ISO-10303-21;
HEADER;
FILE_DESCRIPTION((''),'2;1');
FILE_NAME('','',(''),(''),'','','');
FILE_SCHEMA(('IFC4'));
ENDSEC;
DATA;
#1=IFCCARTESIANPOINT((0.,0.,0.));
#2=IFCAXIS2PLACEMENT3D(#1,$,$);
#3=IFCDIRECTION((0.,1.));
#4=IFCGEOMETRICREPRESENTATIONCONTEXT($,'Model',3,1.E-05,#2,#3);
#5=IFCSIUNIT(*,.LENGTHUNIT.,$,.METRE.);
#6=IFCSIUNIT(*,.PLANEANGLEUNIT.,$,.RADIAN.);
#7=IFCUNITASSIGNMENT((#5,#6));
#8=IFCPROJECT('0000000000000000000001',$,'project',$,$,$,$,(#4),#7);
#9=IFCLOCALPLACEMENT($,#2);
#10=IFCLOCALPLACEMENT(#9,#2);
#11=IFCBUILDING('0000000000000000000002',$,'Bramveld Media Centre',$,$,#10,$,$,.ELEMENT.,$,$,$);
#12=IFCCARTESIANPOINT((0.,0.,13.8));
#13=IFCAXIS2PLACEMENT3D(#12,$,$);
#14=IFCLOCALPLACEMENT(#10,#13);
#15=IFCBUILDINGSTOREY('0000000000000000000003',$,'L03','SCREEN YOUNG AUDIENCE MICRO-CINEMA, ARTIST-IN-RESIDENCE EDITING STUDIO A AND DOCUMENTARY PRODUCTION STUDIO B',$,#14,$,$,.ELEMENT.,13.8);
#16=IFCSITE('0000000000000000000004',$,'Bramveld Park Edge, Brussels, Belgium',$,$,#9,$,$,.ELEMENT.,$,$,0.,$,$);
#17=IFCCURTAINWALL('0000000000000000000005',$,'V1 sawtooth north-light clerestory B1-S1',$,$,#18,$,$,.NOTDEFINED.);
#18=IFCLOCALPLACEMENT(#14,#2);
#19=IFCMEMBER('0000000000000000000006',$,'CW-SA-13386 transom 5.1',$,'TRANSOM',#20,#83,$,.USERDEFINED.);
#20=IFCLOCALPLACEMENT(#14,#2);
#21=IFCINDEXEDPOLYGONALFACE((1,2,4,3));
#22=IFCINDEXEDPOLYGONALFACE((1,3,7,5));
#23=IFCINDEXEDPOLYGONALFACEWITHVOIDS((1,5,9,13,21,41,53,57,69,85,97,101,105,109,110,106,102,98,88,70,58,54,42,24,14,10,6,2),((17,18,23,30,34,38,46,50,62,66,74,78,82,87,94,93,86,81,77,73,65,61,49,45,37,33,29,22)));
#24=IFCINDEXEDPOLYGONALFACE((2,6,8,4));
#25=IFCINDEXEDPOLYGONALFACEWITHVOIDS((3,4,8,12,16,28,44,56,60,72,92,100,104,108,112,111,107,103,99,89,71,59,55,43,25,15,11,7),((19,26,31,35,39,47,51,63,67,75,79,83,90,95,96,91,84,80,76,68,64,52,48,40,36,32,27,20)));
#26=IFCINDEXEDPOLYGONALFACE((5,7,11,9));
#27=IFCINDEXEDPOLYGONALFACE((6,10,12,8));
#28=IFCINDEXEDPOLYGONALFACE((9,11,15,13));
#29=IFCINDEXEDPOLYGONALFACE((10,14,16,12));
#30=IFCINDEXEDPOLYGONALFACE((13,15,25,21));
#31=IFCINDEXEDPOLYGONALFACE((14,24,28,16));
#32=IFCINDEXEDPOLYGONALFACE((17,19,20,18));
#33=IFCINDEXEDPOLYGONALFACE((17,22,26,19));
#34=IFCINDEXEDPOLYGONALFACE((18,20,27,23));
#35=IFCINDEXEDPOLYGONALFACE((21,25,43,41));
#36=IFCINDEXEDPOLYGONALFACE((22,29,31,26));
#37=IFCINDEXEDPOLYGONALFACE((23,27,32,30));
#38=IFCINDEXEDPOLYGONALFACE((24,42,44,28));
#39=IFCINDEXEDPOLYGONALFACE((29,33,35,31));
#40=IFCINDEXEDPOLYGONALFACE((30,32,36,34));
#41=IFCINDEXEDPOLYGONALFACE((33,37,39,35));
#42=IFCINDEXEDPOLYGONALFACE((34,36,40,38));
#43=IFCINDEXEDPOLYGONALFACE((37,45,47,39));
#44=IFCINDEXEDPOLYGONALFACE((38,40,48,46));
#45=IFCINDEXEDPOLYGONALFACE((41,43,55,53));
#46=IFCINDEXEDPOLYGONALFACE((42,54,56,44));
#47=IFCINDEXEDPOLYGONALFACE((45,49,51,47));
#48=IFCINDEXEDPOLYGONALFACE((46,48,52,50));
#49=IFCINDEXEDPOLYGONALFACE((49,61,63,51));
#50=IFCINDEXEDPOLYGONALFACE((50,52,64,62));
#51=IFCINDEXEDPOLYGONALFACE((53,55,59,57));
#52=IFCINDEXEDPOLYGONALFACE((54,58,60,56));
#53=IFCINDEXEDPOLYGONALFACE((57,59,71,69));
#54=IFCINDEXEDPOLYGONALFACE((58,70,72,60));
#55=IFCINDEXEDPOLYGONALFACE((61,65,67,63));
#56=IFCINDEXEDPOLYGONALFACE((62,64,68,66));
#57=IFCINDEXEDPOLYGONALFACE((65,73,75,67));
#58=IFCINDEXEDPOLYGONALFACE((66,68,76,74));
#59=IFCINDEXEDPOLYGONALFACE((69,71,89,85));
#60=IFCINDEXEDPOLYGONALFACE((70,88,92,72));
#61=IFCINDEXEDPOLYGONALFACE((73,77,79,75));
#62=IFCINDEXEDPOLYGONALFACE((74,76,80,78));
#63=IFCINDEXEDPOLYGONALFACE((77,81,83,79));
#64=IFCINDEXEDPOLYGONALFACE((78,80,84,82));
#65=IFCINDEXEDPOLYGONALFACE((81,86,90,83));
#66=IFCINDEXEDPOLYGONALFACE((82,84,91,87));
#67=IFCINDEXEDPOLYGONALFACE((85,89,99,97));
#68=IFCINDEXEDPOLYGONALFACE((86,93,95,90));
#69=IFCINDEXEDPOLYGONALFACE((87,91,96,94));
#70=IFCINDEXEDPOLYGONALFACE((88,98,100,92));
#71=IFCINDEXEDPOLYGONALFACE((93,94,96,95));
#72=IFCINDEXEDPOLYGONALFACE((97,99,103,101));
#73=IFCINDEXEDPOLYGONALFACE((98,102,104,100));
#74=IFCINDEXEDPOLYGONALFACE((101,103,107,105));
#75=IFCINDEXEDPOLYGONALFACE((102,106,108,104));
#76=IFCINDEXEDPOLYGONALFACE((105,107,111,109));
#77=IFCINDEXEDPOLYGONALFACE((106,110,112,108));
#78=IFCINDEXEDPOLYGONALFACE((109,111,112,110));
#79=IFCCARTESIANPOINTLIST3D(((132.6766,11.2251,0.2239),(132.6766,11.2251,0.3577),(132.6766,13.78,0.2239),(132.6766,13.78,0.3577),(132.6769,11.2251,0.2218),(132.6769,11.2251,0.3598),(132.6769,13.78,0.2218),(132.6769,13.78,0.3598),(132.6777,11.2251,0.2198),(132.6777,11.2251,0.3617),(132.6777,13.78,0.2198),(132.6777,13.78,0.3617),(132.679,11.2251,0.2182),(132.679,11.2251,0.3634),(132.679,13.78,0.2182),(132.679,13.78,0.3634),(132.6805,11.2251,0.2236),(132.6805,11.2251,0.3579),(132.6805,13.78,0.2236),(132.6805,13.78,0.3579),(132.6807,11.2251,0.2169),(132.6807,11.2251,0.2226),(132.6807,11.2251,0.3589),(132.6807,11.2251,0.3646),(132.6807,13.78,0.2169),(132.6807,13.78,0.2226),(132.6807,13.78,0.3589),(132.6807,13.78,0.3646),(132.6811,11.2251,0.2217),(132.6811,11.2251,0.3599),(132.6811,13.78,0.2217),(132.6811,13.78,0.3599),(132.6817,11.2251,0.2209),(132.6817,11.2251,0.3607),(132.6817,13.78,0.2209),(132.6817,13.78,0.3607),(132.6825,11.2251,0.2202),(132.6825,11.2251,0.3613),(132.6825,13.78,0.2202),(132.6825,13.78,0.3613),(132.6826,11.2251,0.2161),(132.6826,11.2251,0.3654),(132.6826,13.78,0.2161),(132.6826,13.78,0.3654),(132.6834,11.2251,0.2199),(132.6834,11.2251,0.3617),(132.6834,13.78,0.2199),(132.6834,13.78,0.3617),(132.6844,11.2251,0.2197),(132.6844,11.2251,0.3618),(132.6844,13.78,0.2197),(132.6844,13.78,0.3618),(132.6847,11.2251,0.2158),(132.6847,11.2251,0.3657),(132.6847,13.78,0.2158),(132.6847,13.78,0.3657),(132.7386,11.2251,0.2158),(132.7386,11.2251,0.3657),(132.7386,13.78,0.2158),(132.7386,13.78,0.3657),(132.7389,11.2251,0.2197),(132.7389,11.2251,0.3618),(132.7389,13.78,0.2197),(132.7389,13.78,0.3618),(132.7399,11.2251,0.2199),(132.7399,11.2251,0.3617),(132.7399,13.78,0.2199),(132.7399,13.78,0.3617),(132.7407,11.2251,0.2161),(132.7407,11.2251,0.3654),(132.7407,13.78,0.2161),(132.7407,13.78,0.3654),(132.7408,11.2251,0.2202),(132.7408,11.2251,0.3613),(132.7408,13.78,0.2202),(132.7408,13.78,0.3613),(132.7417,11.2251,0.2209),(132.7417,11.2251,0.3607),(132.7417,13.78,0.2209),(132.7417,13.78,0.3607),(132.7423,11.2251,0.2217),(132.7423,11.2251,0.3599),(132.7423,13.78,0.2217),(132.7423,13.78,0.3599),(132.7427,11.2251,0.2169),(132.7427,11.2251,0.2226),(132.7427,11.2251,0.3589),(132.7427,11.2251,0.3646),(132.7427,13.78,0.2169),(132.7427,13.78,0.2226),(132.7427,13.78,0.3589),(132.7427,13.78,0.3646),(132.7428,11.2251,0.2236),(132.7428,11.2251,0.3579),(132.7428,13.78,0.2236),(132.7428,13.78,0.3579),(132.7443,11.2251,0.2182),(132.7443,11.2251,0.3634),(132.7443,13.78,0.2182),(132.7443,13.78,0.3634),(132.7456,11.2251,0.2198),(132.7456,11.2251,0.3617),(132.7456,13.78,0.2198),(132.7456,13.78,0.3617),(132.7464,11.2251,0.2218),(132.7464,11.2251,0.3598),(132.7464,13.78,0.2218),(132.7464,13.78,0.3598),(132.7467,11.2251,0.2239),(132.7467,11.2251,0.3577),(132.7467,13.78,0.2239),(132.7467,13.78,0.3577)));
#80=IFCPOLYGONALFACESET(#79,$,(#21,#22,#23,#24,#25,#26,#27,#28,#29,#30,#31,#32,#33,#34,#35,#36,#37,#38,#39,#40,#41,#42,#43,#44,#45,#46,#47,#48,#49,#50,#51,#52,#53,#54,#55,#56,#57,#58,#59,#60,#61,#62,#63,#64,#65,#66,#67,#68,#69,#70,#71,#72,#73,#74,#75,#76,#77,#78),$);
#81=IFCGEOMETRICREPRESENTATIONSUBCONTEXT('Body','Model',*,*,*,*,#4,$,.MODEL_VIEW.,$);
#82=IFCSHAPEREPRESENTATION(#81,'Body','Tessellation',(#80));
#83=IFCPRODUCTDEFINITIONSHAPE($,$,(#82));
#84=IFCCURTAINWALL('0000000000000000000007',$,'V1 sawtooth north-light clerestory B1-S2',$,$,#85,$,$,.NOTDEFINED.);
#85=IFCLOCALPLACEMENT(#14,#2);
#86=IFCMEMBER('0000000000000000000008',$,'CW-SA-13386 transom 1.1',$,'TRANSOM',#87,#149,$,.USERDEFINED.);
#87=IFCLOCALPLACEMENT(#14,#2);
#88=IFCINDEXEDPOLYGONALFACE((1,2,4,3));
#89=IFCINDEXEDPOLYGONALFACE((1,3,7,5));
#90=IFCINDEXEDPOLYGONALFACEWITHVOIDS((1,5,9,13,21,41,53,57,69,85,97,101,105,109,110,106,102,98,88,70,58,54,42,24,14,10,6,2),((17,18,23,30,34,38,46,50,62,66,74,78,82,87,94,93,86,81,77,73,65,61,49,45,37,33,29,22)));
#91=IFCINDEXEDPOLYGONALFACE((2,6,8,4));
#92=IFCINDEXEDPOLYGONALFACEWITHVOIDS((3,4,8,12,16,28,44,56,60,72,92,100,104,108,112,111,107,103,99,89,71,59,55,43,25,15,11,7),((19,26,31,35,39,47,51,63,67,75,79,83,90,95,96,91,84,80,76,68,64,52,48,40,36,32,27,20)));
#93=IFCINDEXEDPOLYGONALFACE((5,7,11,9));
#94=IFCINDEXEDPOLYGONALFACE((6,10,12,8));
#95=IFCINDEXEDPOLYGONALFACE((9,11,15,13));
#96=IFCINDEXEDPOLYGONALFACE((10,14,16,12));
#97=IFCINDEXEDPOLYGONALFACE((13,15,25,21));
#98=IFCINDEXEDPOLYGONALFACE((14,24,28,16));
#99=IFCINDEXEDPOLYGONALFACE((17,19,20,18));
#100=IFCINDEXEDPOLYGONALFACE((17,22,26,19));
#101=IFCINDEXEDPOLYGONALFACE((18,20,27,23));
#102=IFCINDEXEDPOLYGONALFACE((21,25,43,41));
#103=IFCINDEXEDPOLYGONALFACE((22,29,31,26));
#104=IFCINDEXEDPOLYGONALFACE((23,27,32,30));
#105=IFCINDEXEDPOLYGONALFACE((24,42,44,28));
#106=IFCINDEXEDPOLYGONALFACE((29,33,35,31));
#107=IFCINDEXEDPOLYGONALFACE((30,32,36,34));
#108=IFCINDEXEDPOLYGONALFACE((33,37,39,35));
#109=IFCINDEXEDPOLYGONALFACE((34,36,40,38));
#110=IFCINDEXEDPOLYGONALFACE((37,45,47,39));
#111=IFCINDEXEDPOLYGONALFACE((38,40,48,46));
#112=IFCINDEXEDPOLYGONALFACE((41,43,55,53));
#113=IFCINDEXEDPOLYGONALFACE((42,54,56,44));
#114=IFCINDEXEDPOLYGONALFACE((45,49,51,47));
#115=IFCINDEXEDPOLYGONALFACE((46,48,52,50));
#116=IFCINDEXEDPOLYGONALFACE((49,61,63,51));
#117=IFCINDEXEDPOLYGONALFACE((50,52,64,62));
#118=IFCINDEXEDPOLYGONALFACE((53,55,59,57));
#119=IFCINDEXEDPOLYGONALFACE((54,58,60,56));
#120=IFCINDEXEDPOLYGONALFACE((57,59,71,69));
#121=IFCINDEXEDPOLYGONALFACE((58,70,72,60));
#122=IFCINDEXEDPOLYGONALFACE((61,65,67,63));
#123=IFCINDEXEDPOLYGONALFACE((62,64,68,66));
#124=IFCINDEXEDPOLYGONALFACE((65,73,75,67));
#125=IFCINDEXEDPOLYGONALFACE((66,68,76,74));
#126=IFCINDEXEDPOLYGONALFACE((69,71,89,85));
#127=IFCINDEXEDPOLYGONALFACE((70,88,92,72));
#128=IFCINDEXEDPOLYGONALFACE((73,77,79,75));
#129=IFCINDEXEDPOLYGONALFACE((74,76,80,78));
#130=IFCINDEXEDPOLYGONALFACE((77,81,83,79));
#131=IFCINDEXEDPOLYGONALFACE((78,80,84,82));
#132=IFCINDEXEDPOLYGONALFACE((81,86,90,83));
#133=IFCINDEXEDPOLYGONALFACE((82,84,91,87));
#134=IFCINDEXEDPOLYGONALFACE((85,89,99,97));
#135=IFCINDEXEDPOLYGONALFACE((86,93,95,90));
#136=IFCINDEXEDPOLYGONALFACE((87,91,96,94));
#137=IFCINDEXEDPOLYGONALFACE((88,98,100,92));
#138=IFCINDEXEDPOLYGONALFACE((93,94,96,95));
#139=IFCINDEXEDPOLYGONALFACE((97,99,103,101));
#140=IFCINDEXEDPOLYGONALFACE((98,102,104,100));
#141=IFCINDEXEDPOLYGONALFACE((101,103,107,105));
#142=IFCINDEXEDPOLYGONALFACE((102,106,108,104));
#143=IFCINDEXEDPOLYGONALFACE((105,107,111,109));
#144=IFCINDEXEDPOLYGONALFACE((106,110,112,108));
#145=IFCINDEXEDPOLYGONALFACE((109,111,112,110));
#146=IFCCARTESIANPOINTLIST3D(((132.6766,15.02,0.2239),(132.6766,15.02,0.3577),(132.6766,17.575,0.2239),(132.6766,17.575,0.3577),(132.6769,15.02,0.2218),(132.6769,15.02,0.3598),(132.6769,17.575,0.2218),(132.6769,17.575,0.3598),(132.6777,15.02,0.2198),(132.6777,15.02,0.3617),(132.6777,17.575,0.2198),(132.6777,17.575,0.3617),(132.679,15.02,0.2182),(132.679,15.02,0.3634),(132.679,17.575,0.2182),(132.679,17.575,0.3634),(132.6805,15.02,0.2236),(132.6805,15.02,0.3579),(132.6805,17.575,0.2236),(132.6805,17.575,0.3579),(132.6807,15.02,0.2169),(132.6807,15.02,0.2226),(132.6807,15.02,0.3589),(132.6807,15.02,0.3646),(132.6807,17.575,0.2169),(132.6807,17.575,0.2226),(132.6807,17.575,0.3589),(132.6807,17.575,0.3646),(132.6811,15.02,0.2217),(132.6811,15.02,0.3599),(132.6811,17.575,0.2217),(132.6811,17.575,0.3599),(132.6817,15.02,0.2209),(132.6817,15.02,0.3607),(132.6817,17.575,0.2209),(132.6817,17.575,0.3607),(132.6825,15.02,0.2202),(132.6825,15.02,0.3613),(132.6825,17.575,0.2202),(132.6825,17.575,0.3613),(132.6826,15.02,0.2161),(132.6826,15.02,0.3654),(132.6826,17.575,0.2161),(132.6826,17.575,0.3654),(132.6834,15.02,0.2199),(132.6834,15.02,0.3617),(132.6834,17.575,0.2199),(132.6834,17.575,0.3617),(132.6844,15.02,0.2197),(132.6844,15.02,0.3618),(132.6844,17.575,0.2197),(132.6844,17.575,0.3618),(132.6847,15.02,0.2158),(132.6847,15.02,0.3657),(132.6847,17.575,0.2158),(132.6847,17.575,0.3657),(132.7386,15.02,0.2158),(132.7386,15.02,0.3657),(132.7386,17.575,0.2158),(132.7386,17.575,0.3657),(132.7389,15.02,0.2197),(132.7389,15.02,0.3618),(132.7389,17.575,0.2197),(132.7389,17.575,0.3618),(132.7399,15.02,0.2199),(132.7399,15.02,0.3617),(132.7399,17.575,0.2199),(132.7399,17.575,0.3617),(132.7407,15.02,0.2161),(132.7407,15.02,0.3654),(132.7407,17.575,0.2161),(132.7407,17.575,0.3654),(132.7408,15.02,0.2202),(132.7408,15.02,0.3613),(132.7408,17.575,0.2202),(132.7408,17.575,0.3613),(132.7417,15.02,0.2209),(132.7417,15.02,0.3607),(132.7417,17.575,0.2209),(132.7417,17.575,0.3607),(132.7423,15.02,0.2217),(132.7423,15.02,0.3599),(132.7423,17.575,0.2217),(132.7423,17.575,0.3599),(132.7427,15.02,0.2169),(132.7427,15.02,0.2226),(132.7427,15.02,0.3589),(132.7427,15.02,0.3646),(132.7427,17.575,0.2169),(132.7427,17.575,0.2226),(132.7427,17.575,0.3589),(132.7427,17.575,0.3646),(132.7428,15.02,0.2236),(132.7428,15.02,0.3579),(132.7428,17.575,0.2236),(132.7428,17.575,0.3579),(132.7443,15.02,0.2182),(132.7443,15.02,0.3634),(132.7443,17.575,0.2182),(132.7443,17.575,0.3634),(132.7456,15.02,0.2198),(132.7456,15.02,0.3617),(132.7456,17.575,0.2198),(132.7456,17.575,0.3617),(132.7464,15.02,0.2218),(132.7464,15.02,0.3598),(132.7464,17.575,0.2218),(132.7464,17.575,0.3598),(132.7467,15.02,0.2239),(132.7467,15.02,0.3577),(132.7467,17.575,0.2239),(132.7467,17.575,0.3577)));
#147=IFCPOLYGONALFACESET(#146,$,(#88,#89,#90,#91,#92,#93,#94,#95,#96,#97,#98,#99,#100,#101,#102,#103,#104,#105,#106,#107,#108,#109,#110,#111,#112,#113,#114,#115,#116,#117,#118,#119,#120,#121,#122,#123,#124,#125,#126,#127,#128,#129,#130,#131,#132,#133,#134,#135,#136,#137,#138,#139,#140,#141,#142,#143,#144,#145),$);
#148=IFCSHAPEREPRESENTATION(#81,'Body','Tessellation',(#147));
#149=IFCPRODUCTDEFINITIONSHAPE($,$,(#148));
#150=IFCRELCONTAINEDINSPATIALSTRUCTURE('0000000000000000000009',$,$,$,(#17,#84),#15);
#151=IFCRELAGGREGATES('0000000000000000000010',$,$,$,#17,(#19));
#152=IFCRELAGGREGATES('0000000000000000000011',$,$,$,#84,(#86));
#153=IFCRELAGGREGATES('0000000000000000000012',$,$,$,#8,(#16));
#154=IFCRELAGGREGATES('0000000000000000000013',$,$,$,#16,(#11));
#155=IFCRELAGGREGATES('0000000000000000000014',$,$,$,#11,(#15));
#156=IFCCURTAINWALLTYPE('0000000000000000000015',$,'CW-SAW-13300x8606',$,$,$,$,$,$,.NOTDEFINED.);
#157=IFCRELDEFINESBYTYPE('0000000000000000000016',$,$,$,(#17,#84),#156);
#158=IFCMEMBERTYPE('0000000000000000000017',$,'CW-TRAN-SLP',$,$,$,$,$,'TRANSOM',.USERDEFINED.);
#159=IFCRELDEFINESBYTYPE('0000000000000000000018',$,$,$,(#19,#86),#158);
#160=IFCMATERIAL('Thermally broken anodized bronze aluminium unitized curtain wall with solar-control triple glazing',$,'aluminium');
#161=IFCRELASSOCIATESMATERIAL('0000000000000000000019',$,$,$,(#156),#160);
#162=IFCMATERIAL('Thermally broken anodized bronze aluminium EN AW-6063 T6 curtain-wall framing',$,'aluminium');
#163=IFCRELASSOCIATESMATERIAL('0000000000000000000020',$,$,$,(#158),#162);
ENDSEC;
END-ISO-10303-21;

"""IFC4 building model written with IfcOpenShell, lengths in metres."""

from ifc_helpers import new_model, si_unit, direction, frame, origin, origin_2d, place, context, subcontext, project, spatial, hollow_rectangle, extrude, material, material_profile, profile_set, type_object, element, aggregate, save


model = new_model("IFC4")

# Units and contexts
model_context = context("Model", 3, precision=1e-05, world=origin(), true_north=direction((0.0, 1.0)))
body_context = subcontext(model_context, "Body", "Model", "MODEL_VIEW")
ifc_project = project(units=[si_unit("LENGTHUNIT", "METRE"), si_unit("PLANEANGLEUNIT", "RADIAN")], contexts=[model_context])

# Site, building, storey
site_placement = place(None, origin())
site = spatial("IfcSite", under=ifc_project, at=site_placement, Name="Bramveld Park Edge, Brussels, Belgium", CompositionType="ELEMENT", RefElevation=0.0)
building_placement = place(site_placement, origin())
building = spatial("IfcBuilding", under=site, at=building_placement, Name="Bramveld Media Centre", CompositionType="ELEMENT")
storey_placement = place(building_placement, frame((0.0, 0.0, 13.8)))
storey = spatial("IfcBuildingStorey", under=building, at=storey_placement, Name="L03", Description="SCREEN YOUNG AUDIENCE MICRO-CINEMA, ARTIST-IN-RESIDENCE EDITING STUDIO A AND DOCUMENTARY PRODUCTION STUDIO B", CompositionType="ELEMENT", Elevation=13.8)

# Curtain wall, member
ifc_material_1 = material(Name="Thermally broken anodized bronze aluminium unitized curtain wall with solar-control triple glazing", Category="aluminium")
curtain_wall_type = type_object("IfcCurtainWallType", Name="CW-SAW-13300x8606", PredefinedType="NOTDEFINED", material=ifc_material_1)
curtain_wall_1_placement = place(storey_placement, origin())
curtain_wall_1 = element("IfcCurtainWall", 1, at=curtain_wall_1_placement, inside=storey, type_object=curtain_wall_type, Name="V1 sawtooth north-light clerestory B1-S1", PredefinedType="NOTDEFINED")
ifc_material_2 = material(Name="Thermally broken anodized bronze aluminium EN AW-6063 T6 curtain-wall framing", Category="aluminium")
ifc_material_profile = material_profile(ifc_material_2, hollow_rectangle(XDim=0.0701, YDim=0.1499, WallThickness=0.0039, InnerFilletRadius=0.0039, OuterFilletRadius=0.0081, at=origin_2d()), Name="AL-TRAN 70x150")
ifc_profile_set = profile_set([ifc_material_profile], Name="Thermally broken anodized bronze aluminium EN AW-6063 T6 curtain-wall framing")
member_type = type_object("IfcMemberType", Name="CW-TRAN-SLP", ElementType="TRANSOM", PredefinedType="USERDEFINED", material=ifc_profile_set)
member_1_placement = place(storey_placement, frame((132.7117, 11.2251, 0.2908), z_axis=(0.0, 1.0, 0.0), x_axis=(-1.0, 0.0, 0.0)))
member_1 = element("IfcMember", 2, at=member_1_placement, type_object=member_type, Name="CW-SA-13386 transom 5.1", ObjectType="TRANSOM", PredefinedType="USERDEFINED", context=body_context, shape_type="SweptSolid", body=[
    extrude(hollow_rectangle(XDim=0.0701, YDim=0.1499, WallThickness=0.0039, InnerFilletRadius=0.0039, OuterFilletRadius=0.0081, at=origin_2d()), origin(), (0.0, 0.0, 1.0), 2.5549),
])

# Curtain wall, member
curtain_wall_2_placement = place(storey_placement, origin())
curtain_wall_2 = element("IfcCurtainWall", 3, at=curtain_wall_2_placement, inside=storey, type_object=curtain_wall_type, Name="V1 sawtooth north-light clerestory B1-S2", PredefinedType="NOTDEFINED")
member_2_placement = place(storey_placement, frame((132.7117, 15.02, 0.2908), z_axis=(0.0, 1.0, 0.0), x_axis=(-1.0, 0.0, 0.0)))
member_2 = element("IfcMember", 4, at=member_2_placement, type_object=member_type, Name="CW-SA-13386 transom 1.1", ObjectType="TRANSOM", PredefinedType="USERDEFINED", context=body_context, shape_type="SweptSolid", body=[
    extrude(hollow_rectangle(XDim=0.0701, YDim=0.1499, WallThickness=0.0039, InnerFilletRadius=0.0039, OuterFilletRadius=0.0081, at=origin_2d()), origin(), (0.0, 0.0, 1.0), 2.5549),
])

aggregate(curtain_wall_1, [member_1])
aggregate(curtain_wall_2, [member_2])

save(model, "model.ifc")
